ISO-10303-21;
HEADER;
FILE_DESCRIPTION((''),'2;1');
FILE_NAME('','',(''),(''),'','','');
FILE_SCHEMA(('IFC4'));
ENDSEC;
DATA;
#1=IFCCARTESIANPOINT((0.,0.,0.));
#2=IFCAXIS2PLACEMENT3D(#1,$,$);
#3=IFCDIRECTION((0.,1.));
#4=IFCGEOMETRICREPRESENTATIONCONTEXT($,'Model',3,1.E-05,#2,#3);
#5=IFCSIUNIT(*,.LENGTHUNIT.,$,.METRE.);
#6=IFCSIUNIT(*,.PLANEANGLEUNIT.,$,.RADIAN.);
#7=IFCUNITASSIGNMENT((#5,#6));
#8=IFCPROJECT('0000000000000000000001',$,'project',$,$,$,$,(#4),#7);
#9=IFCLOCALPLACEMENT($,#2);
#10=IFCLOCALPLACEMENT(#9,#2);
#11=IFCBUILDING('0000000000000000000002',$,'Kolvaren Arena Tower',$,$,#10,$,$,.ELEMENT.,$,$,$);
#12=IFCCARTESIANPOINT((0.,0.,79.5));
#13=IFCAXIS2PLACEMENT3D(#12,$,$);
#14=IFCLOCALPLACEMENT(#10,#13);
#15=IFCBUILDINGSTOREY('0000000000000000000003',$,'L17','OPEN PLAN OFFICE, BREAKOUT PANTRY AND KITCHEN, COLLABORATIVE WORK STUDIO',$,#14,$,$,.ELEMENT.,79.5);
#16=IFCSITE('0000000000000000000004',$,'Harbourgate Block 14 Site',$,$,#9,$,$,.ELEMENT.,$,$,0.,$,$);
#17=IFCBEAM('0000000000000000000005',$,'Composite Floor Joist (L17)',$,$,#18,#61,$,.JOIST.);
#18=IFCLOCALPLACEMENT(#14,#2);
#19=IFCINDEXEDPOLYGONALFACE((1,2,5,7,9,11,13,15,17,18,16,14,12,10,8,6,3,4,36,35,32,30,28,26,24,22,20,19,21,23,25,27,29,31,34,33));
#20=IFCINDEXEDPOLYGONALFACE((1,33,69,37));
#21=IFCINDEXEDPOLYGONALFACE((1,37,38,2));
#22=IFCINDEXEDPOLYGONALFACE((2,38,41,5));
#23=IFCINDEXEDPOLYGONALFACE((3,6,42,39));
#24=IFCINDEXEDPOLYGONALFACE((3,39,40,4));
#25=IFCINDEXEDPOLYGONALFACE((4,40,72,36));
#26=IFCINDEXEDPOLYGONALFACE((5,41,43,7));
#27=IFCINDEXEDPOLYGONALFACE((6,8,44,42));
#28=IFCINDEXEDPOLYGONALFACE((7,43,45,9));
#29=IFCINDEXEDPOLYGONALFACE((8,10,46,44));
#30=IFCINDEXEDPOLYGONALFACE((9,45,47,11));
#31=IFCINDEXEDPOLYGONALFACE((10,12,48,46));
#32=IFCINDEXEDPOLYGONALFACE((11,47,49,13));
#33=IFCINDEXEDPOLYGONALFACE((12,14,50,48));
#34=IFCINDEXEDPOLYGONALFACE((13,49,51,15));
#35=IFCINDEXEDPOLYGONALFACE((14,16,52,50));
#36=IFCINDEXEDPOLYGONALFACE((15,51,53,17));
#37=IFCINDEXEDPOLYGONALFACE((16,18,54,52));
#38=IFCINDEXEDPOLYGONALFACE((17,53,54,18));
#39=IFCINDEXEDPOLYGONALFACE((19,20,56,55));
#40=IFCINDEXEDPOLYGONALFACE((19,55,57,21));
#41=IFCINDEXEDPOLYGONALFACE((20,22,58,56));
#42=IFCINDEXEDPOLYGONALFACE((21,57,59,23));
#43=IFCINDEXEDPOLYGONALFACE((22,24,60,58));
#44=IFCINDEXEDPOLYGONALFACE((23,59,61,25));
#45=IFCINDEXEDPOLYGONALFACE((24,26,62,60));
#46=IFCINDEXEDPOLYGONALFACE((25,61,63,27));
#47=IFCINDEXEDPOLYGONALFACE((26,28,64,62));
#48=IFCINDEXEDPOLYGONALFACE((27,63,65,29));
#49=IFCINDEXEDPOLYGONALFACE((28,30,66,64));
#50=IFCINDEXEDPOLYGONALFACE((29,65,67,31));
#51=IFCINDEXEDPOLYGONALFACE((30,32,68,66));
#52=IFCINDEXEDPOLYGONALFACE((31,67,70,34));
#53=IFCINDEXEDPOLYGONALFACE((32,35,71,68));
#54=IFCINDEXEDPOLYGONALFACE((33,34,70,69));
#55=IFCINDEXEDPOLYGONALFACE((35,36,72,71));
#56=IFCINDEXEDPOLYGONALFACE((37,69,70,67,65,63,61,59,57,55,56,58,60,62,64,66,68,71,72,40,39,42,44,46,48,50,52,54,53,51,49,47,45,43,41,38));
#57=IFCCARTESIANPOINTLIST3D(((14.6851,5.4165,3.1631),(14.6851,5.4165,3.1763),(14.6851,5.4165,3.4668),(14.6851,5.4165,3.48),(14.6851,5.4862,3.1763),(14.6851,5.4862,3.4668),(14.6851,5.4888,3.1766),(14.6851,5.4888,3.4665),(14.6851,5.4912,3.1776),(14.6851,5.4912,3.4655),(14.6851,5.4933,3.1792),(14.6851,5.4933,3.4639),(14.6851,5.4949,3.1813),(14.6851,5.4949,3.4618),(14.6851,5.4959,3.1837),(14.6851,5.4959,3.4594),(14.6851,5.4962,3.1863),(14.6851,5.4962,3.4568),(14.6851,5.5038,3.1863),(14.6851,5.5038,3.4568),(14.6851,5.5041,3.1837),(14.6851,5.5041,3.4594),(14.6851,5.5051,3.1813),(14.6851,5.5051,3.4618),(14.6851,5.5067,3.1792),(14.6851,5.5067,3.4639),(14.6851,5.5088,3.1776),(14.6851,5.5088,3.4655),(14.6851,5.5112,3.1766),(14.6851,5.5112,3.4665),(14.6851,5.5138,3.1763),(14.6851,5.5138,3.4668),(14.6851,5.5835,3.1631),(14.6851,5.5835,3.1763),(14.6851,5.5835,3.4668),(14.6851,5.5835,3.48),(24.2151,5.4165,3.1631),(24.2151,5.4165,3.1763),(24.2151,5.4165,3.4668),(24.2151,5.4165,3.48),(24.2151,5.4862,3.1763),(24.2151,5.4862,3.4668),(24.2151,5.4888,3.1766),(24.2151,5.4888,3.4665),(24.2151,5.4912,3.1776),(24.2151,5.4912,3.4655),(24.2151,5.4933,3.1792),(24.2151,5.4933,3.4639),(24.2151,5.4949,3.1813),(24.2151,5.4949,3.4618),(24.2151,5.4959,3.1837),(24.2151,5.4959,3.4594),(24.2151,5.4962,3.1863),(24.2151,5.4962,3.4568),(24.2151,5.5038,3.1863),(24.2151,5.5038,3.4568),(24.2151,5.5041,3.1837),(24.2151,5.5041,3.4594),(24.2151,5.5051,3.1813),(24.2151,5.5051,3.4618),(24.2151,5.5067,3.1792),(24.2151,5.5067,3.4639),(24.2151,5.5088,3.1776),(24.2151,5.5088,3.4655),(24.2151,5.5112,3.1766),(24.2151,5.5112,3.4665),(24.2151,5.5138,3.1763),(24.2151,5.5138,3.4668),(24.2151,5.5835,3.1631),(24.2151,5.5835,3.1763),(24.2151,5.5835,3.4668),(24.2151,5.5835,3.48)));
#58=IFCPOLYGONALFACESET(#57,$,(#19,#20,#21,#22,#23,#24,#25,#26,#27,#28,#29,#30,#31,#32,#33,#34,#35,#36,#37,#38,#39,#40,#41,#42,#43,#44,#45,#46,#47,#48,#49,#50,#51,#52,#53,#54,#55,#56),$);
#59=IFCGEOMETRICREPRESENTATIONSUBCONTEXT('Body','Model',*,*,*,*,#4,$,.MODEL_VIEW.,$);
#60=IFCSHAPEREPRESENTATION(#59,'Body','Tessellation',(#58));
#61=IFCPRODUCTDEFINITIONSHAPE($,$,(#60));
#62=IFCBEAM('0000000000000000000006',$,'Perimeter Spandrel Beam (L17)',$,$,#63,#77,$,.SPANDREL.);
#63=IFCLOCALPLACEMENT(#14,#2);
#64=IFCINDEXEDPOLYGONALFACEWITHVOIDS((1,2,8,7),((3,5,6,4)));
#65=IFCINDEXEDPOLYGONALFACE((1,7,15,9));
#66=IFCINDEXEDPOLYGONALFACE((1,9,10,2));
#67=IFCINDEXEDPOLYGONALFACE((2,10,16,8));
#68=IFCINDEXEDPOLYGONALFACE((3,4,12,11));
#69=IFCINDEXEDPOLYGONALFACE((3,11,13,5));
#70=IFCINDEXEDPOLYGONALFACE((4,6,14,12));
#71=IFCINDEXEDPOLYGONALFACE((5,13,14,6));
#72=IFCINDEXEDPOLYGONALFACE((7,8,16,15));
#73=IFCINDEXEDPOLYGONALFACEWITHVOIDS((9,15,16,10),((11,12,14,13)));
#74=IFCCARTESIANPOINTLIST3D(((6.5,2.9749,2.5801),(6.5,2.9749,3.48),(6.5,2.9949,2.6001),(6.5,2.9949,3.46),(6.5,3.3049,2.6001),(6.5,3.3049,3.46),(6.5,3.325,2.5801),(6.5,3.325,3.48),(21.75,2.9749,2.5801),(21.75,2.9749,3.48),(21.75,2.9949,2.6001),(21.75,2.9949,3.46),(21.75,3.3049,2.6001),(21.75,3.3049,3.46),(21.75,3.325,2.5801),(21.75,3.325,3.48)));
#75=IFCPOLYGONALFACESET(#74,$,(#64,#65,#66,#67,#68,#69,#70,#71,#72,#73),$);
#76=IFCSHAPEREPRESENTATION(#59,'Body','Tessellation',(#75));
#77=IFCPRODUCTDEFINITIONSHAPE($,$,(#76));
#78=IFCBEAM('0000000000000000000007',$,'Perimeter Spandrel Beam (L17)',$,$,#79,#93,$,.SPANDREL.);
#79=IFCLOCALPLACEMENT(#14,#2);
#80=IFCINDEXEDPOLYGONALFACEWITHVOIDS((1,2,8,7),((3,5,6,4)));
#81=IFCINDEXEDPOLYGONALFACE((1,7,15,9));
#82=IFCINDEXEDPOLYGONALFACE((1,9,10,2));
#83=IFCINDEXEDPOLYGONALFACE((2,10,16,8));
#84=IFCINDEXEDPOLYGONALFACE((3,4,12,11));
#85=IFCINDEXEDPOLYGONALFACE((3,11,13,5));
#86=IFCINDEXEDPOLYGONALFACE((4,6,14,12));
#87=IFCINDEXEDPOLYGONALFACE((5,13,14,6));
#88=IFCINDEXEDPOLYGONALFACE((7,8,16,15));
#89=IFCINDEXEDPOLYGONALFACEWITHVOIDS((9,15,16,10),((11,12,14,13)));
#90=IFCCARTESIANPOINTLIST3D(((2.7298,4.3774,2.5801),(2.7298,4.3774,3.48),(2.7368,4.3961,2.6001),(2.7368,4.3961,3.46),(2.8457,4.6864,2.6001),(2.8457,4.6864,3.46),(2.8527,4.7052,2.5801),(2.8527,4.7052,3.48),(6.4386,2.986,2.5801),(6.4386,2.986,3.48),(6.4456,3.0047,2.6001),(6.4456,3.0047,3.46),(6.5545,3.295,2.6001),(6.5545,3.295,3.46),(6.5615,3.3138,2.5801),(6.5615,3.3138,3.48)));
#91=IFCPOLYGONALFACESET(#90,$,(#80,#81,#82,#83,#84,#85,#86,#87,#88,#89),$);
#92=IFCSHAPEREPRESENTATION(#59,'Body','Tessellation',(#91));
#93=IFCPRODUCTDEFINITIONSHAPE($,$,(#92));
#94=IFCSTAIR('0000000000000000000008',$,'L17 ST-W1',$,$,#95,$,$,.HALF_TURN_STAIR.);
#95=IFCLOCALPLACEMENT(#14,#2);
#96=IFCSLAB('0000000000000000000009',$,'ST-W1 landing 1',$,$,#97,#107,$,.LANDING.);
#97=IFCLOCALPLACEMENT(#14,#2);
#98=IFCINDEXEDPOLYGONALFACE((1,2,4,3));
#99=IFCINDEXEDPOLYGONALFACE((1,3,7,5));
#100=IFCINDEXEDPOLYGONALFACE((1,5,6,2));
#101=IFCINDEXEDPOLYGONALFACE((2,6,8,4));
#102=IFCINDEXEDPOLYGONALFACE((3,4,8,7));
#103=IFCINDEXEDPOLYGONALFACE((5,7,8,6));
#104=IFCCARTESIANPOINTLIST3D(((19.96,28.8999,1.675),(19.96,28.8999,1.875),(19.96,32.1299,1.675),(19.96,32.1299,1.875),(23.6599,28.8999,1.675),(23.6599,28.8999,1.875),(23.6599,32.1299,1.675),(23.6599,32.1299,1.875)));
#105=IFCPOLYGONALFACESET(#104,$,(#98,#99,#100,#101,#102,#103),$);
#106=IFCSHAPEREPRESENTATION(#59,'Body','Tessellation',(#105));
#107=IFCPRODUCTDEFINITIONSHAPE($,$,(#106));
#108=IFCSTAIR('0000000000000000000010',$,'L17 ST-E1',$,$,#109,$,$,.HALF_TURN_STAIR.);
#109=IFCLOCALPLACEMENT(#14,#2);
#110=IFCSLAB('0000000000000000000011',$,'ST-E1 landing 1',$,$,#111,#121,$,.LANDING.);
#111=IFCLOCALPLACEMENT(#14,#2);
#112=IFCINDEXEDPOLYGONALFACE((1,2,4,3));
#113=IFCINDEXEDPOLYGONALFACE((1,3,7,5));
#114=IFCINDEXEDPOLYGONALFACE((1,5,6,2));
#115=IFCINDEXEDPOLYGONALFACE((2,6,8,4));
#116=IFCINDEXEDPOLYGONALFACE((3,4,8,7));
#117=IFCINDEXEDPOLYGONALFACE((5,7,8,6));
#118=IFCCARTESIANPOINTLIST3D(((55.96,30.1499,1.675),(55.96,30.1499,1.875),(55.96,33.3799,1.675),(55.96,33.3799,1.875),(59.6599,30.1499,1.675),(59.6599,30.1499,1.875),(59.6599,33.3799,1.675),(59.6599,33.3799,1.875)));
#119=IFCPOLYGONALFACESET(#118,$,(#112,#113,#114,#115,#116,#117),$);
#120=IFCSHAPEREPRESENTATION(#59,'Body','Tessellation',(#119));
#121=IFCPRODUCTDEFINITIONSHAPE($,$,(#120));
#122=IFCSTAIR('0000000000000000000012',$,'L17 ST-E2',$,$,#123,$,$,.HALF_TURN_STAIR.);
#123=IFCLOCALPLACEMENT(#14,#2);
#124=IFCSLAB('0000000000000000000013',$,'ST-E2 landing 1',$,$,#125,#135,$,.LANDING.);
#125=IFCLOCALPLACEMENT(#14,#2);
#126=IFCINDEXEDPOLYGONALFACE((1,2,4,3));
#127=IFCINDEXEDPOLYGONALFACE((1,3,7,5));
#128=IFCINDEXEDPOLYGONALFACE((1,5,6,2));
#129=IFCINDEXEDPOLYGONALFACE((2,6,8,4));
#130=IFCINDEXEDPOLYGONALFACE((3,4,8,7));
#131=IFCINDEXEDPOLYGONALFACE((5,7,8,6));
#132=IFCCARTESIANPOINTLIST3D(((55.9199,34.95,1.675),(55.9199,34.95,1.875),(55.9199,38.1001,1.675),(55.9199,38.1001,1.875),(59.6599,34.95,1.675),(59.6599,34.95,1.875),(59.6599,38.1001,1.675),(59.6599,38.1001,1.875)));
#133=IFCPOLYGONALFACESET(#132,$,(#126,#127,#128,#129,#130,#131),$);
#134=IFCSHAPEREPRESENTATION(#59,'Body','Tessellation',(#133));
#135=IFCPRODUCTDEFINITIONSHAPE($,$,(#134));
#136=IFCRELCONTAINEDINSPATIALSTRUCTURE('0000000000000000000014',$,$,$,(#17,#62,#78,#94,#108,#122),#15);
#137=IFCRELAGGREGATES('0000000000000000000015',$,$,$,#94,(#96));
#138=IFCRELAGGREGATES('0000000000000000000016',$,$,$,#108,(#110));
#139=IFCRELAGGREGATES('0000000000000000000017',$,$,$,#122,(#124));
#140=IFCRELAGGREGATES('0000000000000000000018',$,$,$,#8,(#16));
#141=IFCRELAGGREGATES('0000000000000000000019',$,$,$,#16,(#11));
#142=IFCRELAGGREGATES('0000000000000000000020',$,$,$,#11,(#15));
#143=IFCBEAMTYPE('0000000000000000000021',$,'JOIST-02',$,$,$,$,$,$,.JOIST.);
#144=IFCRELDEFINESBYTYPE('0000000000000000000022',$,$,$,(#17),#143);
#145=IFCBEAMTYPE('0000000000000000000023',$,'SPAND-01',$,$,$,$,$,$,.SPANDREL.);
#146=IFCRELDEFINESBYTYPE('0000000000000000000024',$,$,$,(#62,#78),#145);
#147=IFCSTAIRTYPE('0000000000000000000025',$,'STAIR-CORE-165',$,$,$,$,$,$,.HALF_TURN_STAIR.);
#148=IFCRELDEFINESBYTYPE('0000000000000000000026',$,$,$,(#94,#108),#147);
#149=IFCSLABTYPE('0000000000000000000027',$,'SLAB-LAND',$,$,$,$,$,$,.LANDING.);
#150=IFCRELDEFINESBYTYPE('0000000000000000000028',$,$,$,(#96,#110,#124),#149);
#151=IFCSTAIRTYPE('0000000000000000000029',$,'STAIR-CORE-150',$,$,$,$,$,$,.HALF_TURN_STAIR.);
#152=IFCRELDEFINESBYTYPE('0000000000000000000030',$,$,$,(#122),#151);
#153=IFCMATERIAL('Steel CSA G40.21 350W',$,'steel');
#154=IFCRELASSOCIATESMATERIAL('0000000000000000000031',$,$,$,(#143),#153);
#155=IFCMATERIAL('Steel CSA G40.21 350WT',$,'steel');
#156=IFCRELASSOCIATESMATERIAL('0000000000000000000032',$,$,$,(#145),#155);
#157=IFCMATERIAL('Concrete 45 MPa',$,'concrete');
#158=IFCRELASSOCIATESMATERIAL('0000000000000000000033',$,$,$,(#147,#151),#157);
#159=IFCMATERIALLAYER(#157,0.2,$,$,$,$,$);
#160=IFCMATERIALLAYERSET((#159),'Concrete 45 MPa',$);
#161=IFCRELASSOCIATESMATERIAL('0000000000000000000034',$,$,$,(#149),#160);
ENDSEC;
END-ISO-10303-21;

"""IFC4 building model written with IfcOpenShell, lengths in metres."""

from ifc_helpers import new_model, si_unit, direction, frame, origin, origin_2d, place, context, subcontext, project, spatial, polyline, hollow_rectangle, i_section, outline, extrude, material, layer, layer_set, material_profile, profile_set, type_object, element, aggregate, save


model = new_model("IFC4")

# Units and contexts
model_context = context("Model", 3, precision=1e-05, world=origin(), true_north=direction((0.0, 1.0)))
body_context = subcontext(model_context, "Body", "Model", "MODEL_VIEW")
ifc_project = project(units=[si_unit("LENGTHUNIT", "METRE"), si_unit("PLANEANGLEUNIT", "RADIAN")], contexts=[model_context])

# Site, building, storey
site_placement = place(None, origin())
site = spatial("IfcSite", under=ifc_project, at=site_placement, Name="Harbourgate Block 14 Site", CompositionType="ELEMENT", RefElevation=0.0)
building_placement = place(site_placement, origin())
building = spatial("IfcBuilding", under=site, at=building_placement, Name="Kolvaren Arena Tower", CompositionType="ELEMENT")
storey_placement = place(building_placement, frame((0.0, 0.0, 79.5)))
storey = spatial("IfcBuildingStorey", under=building, at=storey_placement, Name="L17", Description="OPEN PLAN OFFICE, BREAKOUT PANTRY AND KITCHEN, COLLABORATIVE WORK STUDIO", CompositionType="ELEMENT", Elevation=79.5)

# Beams
ifc_material_1 = material(Name="Steel CSA G40.21 350W", Category="steel")
ifc_material_profile_1 = material_profile(ifc_material_1, i_section(OverallWidth=0.167, OverallDepth=0.3169, WebThickness=0.0076, FlangeThickness=0.0132, FilletRadius=0.01, at=origin_2d()), Name="W310x52")
ifc_profile_set_1 = profile_set([ifc_material_profile_1], Name="Steel CSA G40.21 350W")
beam_type_1 = type_object("IfcBeamType", Name="JOIST-02", PredefinedType="JOIST", material=ifc_profile_set_1)
beam_1_placement = place(storey_placement, frame((14.6851, 5.5, 3.3215), z_axis=(1.0, 0.0, 0.0), x_axis=(0.0, 1.0, 0.0)))
element("IfcBeam", 1, at=beam_1_placement, inside=storey, type_object=beam_type_1, Name="Composite Floor Joist (L17)", PredefinedType="JOIST", context=body_context, shape_type="SweptSolid", body=[
    extrude(i_section(OverallWidth=0.167, OverallDepth=0.3169, WebThickness=0.0076, FlangeThickness=0.0132, FilletRadius=0.01, at=origin_2d()), origin(), (0.0, 0.0, 1.0), 9.53),
])
ifc_material_2 = material(Name="Steel CSA G40.21 350WT", Category="steel")
ifc_material_profile_2 = material_profile(ifc_material_2, hollow_rectangle(XDim=0.3501, YDim=0.8999, WallThickness=0.02, at=origin_2d()), Name="HSS 900x350x20")
ifc_profile_set_2 = profile_set([ifc_material_profile_2], Name="Steel CSA G40.21 350WT")
beam_type_2 = type_object("IfcBeamType", Name="SPAND-01", PredefinedType="SPANDREL", material=ifc_profile_set_2)
beam_2_placement = place(storey_placement, frame((6.5, 3.1499, 3.03), z_axis=(1.0, 0.0, 0.0), x_axis=(0.0, 1.0, 0.0)))
element("IfcBeam", 2, at=beam_2_placement, inside=storey, type_object=beam_type_2, Name="Perimeter Spandrel Beam (L17)", PredefinedType="SPANDREL", context=body_context, shape_type="SweptSolid", body=[
    extrude(hollow_rectangle(XDim=0.3501, YDim=0.8999, WallThickness=0.02, at=origin_2d()), origin(), (0.0, 0.0, 1.0), 15.25),
])
beam_3_placement = place(storey_placement, frame((2.7913, 4.5413, 3.03), z_axis=(0.936281, -0.351252, 0.0), x_axis=(0.351252, 0.936281, 0.0)))
element("IfcBeam", 3, at=beam_3_placement, inside=storey, type_object=beam_type_2, Name="Perimeter Spandrel Beam (L17)", PredefinedType="SPANDREL", context=body_context, shape_type="SweptSolid", body=[
    extrude(hollow_rectangle(XDim=0.3501, YDim=0.8999, WallThickness=0.02, at=origin_2d()), origin(), (0.0, 0.0, 1.0), 3.9612),
])

# Stairs, slabs
ifc_material_3 = material(Name="Concrete 45 MPa", Category="concrete")
stair_type_1 = type_object("IfcStairType", Name="STAIR-CORE-165", PredefinedType="HALF_TURN_STAIR", material=ifc_material_3)
stair_1_placement = place(storey_placement, origin())
stair_1 = element("IfcStair", 4, at=stair_1_placement, inside=storey, type_object=stair_type_1, Name="L17 ST-W1", PredefinedType="HALF_TURN_STAIR")
ifc_layer_1 = layer(ifc_material_3, 0.2)
ifc_layer_set_1 = layer_set([ifc_layer_1], Name="Concrete 45 MPa")
slab_type_1 = type_object("IfcSlabType", Name="SLAB-LAND", PredefinedType="LANDING", material=ifc_layer_set_1)
slab_1_placement = place(storey_placement, frame((0.0, 0.0, 1.675)))
slab_1 = element("IfcSlab", 5, at=slab_1_placement, type_object=slab_type_1, Name="ST-W1 landing 1", PredefinedType="LANDING", context=body_context, shape_type="SweptSolid", body=[
    extrude(outline(polyline([(19.96, 28.8999), (23.6599, 28.8999), (23.6599, 32.1299), (19.96, 32.1299), (19.96, 28.8999)])), origin(), (0.0, 0.0, 1.0), 0.2),
])
aggregate(stair_1, [slab_1])
stair_2_placement = place(storey_placement, origin())
stair_2 = element("IfcStair", 6, at=stair_2_placement, inside=storey, type_object=stair_type_1, Name="L17 ST-E1", PredefinedType="HALF_TURN_STAIR")
slab_2_placement = place(storey_placement, frame((0.0, 0.0, 1.675)))
slab_2 = element("IfcSlab", 7, at=slab_2_placement, type_object=slab_type_1, Name="ST-E1 landing 1", PredefinedType="LANDING", context=body_context, shape_type="SweptSolid", body=[
    extrude(outline(polyline([(55.96, 30.1499), (59.6599, 30.1499), (59.6599, 33.3799), (55.96, 33.3799), (55.96, 30.1499)])), origin(), (0.0, 0.0, 1.0), 0.2),
])
aggregate(stair_2, [slab_2])
stair_type_2 = type_object("IfcStairType", Name="STAIR-CORE-150", PredefinedType="HALF_TURN_STAIR", material=ifc_material_3)
stair_3_placement = place(storey_placement, origin())
stair_3 = element("IfcStair", 8, at=stair_3_placement, inside=storey, type_object=stair_type_2, Name="L17 ST-E2", PredefinedType="HALF_TURN_STAIR")
slab_3_placement = place(storey_placement, frame((0.0, 0.0, 1.675)))
slab_3 = element("IfcSlab", 9, at=slab_3_placement, type_object=slab_type_1, Name="ST-E2 landing 1", PredefinedType="LANDING", context=body_context, shape_type="SweptSolid", body=[
    extrude(outline(polyline([(55.9199, 34.95), (59.6599, 34.95), (59.6599, 38.1001), (55.9199, 38.1001), (55.9199, 34.95)])), origin(), (0.0, 0.0, 1.0), 0.2),
])
aggregate(stair_3, [slab_3])

save(model, "model.ifc")
